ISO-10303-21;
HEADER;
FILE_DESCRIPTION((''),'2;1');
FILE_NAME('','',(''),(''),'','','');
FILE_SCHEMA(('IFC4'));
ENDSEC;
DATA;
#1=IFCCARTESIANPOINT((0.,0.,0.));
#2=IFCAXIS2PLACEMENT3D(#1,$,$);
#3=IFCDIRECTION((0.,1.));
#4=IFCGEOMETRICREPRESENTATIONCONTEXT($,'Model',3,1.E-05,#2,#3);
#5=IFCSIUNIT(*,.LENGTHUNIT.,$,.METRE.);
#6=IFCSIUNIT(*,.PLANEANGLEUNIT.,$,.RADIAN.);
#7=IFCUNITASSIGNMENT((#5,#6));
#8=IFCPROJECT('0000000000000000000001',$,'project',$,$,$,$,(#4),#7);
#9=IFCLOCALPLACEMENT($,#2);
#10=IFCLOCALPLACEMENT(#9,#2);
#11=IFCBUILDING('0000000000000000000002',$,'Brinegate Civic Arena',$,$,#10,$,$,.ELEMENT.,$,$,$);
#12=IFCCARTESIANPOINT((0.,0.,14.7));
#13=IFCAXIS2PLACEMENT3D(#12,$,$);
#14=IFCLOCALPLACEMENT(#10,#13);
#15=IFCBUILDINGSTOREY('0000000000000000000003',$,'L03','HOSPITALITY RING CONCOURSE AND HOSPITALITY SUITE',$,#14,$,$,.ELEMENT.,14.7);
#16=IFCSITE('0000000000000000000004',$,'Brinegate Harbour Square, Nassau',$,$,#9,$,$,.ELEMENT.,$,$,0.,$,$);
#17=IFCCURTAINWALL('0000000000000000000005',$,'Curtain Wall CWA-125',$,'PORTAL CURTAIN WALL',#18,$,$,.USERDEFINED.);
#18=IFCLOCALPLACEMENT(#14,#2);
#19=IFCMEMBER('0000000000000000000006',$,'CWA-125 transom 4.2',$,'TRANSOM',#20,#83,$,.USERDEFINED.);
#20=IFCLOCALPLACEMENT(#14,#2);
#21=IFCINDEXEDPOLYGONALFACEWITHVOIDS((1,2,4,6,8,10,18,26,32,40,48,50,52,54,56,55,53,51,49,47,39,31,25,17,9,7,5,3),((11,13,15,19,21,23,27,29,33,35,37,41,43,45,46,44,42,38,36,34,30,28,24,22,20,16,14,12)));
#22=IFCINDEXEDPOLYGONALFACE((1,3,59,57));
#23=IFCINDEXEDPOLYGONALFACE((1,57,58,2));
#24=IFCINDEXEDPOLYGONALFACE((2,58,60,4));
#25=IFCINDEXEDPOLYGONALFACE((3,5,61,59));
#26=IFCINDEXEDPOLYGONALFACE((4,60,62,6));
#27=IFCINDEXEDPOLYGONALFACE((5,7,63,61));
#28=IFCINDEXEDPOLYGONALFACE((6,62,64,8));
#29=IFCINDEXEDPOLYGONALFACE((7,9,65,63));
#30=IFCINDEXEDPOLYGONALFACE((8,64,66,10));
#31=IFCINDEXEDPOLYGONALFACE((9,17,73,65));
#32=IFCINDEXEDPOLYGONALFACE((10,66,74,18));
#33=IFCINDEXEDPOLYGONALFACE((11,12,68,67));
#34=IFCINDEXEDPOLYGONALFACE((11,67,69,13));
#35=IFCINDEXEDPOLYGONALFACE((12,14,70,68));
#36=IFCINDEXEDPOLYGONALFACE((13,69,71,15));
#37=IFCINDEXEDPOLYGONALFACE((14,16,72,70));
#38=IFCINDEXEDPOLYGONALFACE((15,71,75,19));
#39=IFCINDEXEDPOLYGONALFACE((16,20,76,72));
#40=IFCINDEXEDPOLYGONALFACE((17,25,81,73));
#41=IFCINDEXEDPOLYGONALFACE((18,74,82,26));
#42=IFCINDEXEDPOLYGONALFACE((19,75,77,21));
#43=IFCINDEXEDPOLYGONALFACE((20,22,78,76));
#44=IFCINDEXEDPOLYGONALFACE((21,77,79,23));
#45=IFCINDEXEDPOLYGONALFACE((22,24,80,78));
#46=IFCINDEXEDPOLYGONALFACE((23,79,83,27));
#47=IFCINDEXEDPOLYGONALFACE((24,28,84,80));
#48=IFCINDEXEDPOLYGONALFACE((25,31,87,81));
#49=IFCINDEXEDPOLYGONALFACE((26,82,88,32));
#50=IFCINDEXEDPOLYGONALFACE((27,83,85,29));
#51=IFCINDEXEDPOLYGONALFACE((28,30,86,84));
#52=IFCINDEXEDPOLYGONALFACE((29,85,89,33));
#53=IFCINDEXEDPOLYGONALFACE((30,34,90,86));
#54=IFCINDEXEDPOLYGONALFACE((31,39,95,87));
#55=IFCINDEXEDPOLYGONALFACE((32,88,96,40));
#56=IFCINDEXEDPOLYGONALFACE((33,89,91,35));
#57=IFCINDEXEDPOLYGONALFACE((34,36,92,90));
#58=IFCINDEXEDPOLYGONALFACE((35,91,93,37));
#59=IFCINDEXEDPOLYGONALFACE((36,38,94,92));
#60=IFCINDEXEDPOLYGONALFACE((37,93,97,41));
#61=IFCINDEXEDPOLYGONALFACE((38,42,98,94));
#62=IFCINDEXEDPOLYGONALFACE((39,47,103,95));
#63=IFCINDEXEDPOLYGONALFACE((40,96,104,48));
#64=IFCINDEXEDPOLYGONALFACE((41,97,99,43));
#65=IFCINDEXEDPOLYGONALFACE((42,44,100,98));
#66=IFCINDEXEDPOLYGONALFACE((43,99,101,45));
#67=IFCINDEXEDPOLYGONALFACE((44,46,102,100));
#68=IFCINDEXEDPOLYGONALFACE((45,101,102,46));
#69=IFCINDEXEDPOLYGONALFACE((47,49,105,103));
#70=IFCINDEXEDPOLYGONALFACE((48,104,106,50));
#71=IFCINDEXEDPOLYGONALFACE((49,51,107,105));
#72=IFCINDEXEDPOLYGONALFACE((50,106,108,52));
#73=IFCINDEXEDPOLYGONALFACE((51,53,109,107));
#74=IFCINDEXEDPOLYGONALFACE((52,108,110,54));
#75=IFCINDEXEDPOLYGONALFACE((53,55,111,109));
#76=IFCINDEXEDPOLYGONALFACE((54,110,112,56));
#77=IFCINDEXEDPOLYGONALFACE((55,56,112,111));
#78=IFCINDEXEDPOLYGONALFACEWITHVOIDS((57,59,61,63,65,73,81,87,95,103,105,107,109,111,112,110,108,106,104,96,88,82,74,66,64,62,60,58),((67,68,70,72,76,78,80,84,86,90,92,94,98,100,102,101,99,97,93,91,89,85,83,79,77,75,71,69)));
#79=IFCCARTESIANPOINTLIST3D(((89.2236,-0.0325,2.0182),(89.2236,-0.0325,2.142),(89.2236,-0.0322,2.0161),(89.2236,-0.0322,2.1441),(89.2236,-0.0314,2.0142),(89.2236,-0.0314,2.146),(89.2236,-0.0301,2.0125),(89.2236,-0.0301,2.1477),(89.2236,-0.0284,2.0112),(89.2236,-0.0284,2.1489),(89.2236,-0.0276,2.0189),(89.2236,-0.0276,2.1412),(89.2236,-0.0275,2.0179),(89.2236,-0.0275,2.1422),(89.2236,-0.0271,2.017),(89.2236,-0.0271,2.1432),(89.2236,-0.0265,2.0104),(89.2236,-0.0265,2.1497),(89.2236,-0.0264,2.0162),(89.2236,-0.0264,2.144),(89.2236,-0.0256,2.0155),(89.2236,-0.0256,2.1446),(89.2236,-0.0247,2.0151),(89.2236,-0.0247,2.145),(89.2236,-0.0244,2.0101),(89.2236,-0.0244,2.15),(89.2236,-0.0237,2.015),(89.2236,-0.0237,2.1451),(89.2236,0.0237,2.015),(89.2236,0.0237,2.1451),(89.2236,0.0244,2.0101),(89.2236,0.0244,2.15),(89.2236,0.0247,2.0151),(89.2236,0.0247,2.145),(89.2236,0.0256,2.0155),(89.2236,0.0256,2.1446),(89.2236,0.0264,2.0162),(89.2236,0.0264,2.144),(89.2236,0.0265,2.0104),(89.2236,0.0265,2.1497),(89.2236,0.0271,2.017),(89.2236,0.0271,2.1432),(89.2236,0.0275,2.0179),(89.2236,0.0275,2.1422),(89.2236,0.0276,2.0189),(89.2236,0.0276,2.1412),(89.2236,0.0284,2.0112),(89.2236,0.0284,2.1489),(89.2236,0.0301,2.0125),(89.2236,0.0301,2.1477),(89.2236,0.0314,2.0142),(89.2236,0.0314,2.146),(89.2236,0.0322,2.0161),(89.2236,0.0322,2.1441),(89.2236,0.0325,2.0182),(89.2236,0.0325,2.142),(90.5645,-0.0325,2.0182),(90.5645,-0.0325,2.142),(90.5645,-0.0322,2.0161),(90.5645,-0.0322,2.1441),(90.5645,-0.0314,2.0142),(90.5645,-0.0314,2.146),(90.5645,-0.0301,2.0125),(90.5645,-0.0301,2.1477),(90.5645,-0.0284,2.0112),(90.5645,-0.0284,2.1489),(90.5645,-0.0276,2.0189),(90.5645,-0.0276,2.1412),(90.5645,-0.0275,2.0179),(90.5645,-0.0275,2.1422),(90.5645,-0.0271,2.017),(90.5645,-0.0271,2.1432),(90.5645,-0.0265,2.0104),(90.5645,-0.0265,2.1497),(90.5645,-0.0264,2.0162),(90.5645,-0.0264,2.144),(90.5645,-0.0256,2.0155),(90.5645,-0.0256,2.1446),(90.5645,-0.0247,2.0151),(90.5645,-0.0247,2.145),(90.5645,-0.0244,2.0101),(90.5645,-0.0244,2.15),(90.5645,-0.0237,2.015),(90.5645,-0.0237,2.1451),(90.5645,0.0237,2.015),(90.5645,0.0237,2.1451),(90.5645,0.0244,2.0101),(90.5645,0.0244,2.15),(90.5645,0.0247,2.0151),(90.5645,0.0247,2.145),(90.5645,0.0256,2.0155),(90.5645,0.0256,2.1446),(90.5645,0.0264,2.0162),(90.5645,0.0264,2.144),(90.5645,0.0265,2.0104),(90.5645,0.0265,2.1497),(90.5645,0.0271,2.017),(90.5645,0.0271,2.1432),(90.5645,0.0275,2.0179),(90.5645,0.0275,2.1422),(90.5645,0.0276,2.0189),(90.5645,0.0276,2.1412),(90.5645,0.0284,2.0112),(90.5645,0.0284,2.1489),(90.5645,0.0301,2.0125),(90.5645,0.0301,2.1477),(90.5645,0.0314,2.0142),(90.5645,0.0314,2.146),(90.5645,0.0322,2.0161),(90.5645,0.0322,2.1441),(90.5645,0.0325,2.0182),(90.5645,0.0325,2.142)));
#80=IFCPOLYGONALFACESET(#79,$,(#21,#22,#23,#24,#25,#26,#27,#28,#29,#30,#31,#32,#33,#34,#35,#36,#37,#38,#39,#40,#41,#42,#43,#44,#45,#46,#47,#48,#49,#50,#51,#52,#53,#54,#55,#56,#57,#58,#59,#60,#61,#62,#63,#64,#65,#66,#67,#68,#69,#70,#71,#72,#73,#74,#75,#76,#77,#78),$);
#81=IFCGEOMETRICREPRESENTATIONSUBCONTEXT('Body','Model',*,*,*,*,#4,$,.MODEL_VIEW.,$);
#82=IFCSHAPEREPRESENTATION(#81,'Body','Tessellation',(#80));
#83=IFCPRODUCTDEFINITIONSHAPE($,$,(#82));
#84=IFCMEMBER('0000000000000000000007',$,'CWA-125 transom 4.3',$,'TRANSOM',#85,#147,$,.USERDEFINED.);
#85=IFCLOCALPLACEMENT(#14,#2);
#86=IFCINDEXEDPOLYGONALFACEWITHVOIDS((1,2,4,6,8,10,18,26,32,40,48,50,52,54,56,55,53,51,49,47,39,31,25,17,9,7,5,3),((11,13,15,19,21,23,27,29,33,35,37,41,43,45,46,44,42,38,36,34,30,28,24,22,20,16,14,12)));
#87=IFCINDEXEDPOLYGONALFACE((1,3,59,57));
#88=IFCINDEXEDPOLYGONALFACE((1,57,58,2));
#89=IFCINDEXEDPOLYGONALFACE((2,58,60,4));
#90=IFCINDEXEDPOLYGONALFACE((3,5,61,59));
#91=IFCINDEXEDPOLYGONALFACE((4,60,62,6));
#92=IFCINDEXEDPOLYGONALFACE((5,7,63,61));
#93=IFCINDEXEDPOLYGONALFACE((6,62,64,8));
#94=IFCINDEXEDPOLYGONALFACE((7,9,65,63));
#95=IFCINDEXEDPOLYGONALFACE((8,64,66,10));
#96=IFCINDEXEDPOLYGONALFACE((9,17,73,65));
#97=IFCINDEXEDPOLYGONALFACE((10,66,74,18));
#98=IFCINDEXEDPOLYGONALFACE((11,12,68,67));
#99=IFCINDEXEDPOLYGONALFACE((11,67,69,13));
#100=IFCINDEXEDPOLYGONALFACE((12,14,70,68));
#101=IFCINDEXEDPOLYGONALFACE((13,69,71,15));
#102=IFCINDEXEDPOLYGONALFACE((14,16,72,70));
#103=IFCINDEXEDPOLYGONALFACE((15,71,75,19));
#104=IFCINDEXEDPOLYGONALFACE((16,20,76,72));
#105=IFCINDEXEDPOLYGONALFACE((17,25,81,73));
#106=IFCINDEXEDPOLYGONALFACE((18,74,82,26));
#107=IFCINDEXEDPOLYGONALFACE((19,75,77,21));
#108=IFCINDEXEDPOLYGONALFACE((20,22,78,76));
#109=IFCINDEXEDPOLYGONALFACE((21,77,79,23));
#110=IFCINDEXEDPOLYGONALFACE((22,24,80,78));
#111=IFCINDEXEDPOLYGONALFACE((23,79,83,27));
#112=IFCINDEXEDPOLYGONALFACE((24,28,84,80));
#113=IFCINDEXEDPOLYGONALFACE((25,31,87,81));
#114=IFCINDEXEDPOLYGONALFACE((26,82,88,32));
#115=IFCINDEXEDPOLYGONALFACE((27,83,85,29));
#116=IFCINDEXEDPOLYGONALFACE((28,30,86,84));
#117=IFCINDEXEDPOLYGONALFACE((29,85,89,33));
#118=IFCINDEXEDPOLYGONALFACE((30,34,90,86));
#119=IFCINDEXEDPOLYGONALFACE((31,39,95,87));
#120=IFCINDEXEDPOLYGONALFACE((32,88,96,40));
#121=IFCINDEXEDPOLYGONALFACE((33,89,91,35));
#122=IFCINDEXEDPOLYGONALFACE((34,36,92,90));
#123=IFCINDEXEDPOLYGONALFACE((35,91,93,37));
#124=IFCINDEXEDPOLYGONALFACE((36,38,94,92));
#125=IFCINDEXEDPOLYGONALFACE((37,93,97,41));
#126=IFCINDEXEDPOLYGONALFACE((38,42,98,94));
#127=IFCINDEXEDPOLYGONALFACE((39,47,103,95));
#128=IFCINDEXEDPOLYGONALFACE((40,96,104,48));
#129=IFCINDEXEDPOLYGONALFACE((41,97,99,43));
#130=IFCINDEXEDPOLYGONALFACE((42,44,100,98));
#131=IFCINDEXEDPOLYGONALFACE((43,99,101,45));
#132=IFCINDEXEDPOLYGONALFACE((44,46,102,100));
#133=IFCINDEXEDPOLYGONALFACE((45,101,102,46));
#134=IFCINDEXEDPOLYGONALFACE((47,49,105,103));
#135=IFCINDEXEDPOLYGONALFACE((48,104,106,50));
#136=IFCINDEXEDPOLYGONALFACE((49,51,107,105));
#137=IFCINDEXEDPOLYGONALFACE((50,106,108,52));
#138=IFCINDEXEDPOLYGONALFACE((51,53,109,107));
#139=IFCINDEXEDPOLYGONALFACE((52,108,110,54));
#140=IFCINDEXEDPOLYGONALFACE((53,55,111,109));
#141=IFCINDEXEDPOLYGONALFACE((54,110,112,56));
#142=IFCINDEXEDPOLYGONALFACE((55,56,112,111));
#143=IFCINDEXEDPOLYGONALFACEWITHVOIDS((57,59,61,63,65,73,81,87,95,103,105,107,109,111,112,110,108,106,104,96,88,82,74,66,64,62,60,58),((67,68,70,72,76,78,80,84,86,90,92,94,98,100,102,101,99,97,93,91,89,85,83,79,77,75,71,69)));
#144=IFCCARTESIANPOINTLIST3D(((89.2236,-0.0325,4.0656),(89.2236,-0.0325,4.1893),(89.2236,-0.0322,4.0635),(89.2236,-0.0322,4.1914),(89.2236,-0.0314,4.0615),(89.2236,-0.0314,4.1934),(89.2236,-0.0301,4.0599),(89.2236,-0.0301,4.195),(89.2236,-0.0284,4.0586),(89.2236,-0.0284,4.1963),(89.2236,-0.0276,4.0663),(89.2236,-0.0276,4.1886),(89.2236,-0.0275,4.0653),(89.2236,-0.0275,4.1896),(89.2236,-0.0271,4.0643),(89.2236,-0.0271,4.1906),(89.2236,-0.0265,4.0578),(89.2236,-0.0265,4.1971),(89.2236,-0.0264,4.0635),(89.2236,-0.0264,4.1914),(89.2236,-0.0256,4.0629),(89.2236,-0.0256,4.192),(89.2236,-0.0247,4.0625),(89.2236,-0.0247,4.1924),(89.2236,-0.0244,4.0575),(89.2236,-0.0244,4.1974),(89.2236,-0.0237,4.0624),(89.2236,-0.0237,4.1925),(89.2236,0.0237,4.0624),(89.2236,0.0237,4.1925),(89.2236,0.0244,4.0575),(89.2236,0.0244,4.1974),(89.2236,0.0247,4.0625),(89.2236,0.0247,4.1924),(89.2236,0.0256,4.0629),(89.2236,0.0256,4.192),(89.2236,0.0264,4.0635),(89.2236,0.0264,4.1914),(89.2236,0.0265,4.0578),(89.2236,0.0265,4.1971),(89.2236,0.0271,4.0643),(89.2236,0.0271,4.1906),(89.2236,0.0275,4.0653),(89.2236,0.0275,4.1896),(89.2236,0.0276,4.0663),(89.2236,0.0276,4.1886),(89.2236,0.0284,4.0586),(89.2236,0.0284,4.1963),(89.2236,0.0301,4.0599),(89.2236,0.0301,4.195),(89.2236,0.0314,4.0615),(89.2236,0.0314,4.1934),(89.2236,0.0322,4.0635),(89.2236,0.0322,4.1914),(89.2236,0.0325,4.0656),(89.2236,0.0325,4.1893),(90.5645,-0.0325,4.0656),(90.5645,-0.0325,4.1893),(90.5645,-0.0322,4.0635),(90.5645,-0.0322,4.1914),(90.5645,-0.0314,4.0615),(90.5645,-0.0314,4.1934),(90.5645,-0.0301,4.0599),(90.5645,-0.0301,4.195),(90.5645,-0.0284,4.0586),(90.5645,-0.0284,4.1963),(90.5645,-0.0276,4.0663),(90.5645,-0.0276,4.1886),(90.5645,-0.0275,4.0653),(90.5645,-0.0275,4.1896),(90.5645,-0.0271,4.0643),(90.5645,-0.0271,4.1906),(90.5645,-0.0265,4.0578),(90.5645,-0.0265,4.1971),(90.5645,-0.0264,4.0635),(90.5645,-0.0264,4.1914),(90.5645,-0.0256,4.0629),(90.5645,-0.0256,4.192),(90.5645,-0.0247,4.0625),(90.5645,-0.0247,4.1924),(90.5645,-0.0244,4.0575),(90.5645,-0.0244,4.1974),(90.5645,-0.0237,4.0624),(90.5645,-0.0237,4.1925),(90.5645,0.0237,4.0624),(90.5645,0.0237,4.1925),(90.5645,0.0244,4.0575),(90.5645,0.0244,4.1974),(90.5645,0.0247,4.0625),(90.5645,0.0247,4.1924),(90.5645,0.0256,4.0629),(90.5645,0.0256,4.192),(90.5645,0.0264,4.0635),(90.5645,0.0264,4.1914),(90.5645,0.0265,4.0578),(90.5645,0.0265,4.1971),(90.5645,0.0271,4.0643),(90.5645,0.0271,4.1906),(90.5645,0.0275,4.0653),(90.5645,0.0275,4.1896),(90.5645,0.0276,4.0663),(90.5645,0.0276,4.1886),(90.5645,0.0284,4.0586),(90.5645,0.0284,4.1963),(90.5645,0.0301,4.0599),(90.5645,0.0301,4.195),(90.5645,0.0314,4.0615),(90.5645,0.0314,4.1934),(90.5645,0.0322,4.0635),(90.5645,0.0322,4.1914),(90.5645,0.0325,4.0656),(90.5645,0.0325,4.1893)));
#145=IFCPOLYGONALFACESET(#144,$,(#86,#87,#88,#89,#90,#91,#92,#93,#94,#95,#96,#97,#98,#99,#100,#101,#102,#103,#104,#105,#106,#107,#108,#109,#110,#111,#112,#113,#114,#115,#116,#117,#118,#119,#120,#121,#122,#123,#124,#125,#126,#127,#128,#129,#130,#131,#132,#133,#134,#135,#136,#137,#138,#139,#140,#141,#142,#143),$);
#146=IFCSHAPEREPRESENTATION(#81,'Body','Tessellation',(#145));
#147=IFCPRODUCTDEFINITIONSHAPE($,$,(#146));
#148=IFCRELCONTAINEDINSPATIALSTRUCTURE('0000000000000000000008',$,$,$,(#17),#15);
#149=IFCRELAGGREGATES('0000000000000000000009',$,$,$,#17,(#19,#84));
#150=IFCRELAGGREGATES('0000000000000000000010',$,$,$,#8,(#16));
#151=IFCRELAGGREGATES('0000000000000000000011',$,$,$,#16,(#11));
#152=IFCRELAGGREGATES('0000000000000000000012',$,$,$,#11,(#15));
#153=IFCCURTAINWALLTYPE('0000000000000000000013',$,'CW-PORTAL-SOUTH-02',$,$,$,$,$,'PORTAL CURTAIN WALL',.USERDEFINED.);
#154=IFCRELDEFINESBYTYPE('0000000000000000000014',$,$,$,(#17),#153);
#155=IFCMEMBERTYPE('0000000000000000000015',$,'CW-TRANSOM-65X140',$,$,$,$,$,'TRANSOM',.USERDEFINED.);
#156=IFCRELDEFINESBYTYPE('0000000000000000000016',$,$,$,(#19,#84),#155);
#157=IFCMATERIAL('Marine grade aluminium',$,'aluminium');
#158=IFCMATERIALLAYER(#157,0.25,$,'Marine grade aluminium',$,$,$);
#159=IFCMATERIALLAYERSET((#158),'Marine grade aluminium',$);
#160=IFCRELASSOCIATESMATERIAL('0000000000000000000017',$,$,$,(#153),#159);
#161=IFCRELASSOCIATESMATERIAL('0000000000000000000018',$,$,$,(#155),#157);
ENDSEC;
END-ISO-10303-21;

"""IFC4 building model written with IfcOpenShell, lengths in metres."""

from ifc_helpers import new_model, si_unit, direction, frame, origin, origin_2d, place, context, subcontext, project, spatial, hollow_rectangle, extrude, material, layer, layer_set, material_profile, profile_set, type_object, element, aggregate, save


model = new_model("IFC4")

# Units and contexts
model_context = context("Model", 3, precision=1e-05, world=origin(), true_north=direction((0.0, 1.0)))
body_context = subcontext(model_context, "Body", "Model", "MODEL_VIEW")
ifc_project = project(units=[si_unit("LENGTHUNIT", "METRE"), si_unit("PLANEANGLEUNIT", "RADIAN")], contexts=[model_context])

# Site, building, storey
site_placement = place(None, origin())
site = spatial("IfcSite", under=ifc_project, at=site_placement, Name="Brinegate Harbour Square, Nassau", CompositionType="ELEMENT", RefElevation=0.0)
building_placement = place(site_placement, origin())
building = spatial("IfcBuilding", under=site, at=building_placement, Name="Brinegate Civic Arena", CompositionType="ELEMENT")
storey_placement = place(building_placement, frame((0.0, 0.0, 14.7)))
storey = spatial("IfcBuildingStorey", under=building, at=storey_placement, Name="L03", Description="HOSPITALITY RING CONCOURSE AND HOSPITALITY SUITE", CompositionType="ELEMENT", Elevation=14.7)

# Curtain wall, members
ifc_material_1 = material(Name="Marine grade aluminium", Category="aluminium")
ifc_layer_1 = layer(ifc_material_1, 0.25, Name="Marine grade aluminium")
ifc_layer_set_1 = layer_set([ifc_layer_1], Name="Marine grade aluminium")
curtain_wall_type = type_object("IfcCurtainWallType", Name="CW-PORTAL-SOUTH-02", ElementType="PORTAL CURTAIN WALL", PredefinedType="USERDEFINED", material=ifc_layer_set_1)
curtain_wall_placement = place(storey_placement, origin())
curtain_wall = element("IfcCurtainWall", 1, at=curtain_wall_placement, inside=storey, type_object=curtain_wall_type, Name="Curtain Wall CWA-125", ObjectType="PORTAL CURTAIN WALL", PredefinedType="USERDEFINED")
ifc_material_profile_1 = material_profile(ifc_material_1, hollow_rectangle(XDim=0.0649, YDim=0.1399, WallThickness=0.0049, InnerFilletRadius=0.0039, OuterFilletRadius=0.0081, at=origin_2d()), Name="TRN65X140")
ifc_profile_set_1 = profile_set([ifc_material_profile_1], Name="Marine grade aluminium")
member_type_1 = type_object("IfcMemberType", Name="CW-TRANSOM-65X140", ElementType="TRANSOM", PredefinedType="USERDEFINED", material=ifc_profile_set_1)
member_1_placement = place(storey_placement, frame((89.2236, 0.0, 2.0801), z_axis=(1.0, 0.0, 0.0), x_axis=(0.0, 1.0, 0.0)))
member_1 = element("IfcMember", 2, at=member_1_placement, type_object=member_type_1, Name="CWA-125 transom 4.2", ObjectType="TRANSOM", PredefinedType="USERDEFINED", context=body_context, shape_type="SweptSolid", body=[
    extrude(hollow_rectangle(XDim=0.0649, YDim=0.1399, WallThickness=0.0049, InnerFilletRadius=0.0039, OuterFilletRadius=0.0081, at=origin_2d()), origin(), (0.0, 0.0, 1.0), 1.3408),
])
member_2_placement = place(storey_placement, frame((89.2236, 0.0, 4.1274), z_axis=(1.0, 0.0, 0.0), x_axis=(0.0, 1.0, 0.0)))
member_2 = element("IfcMember", 3, at=member_2_placement, type_object=member_type_1, Name="CWA-125 transom 4.3", ObjectType="TRANSOM", PredefinedType="USERDEFINED", context=body_context, shape_type="SweptSolid", body=[
    extrude(hollow_rectangle(XDim=0.0649, YDim=0.1399, WallThickness=0.0049, InnerFilletRadius=0.0039, OuterFilletRadius=0.0081, at=origin_2d()), origin(), (0.0, 0.0, 1.0), 1.3408),
])
aggregate(curtain_wall, [member_1, member_2])

save(model, "model.ifc")
